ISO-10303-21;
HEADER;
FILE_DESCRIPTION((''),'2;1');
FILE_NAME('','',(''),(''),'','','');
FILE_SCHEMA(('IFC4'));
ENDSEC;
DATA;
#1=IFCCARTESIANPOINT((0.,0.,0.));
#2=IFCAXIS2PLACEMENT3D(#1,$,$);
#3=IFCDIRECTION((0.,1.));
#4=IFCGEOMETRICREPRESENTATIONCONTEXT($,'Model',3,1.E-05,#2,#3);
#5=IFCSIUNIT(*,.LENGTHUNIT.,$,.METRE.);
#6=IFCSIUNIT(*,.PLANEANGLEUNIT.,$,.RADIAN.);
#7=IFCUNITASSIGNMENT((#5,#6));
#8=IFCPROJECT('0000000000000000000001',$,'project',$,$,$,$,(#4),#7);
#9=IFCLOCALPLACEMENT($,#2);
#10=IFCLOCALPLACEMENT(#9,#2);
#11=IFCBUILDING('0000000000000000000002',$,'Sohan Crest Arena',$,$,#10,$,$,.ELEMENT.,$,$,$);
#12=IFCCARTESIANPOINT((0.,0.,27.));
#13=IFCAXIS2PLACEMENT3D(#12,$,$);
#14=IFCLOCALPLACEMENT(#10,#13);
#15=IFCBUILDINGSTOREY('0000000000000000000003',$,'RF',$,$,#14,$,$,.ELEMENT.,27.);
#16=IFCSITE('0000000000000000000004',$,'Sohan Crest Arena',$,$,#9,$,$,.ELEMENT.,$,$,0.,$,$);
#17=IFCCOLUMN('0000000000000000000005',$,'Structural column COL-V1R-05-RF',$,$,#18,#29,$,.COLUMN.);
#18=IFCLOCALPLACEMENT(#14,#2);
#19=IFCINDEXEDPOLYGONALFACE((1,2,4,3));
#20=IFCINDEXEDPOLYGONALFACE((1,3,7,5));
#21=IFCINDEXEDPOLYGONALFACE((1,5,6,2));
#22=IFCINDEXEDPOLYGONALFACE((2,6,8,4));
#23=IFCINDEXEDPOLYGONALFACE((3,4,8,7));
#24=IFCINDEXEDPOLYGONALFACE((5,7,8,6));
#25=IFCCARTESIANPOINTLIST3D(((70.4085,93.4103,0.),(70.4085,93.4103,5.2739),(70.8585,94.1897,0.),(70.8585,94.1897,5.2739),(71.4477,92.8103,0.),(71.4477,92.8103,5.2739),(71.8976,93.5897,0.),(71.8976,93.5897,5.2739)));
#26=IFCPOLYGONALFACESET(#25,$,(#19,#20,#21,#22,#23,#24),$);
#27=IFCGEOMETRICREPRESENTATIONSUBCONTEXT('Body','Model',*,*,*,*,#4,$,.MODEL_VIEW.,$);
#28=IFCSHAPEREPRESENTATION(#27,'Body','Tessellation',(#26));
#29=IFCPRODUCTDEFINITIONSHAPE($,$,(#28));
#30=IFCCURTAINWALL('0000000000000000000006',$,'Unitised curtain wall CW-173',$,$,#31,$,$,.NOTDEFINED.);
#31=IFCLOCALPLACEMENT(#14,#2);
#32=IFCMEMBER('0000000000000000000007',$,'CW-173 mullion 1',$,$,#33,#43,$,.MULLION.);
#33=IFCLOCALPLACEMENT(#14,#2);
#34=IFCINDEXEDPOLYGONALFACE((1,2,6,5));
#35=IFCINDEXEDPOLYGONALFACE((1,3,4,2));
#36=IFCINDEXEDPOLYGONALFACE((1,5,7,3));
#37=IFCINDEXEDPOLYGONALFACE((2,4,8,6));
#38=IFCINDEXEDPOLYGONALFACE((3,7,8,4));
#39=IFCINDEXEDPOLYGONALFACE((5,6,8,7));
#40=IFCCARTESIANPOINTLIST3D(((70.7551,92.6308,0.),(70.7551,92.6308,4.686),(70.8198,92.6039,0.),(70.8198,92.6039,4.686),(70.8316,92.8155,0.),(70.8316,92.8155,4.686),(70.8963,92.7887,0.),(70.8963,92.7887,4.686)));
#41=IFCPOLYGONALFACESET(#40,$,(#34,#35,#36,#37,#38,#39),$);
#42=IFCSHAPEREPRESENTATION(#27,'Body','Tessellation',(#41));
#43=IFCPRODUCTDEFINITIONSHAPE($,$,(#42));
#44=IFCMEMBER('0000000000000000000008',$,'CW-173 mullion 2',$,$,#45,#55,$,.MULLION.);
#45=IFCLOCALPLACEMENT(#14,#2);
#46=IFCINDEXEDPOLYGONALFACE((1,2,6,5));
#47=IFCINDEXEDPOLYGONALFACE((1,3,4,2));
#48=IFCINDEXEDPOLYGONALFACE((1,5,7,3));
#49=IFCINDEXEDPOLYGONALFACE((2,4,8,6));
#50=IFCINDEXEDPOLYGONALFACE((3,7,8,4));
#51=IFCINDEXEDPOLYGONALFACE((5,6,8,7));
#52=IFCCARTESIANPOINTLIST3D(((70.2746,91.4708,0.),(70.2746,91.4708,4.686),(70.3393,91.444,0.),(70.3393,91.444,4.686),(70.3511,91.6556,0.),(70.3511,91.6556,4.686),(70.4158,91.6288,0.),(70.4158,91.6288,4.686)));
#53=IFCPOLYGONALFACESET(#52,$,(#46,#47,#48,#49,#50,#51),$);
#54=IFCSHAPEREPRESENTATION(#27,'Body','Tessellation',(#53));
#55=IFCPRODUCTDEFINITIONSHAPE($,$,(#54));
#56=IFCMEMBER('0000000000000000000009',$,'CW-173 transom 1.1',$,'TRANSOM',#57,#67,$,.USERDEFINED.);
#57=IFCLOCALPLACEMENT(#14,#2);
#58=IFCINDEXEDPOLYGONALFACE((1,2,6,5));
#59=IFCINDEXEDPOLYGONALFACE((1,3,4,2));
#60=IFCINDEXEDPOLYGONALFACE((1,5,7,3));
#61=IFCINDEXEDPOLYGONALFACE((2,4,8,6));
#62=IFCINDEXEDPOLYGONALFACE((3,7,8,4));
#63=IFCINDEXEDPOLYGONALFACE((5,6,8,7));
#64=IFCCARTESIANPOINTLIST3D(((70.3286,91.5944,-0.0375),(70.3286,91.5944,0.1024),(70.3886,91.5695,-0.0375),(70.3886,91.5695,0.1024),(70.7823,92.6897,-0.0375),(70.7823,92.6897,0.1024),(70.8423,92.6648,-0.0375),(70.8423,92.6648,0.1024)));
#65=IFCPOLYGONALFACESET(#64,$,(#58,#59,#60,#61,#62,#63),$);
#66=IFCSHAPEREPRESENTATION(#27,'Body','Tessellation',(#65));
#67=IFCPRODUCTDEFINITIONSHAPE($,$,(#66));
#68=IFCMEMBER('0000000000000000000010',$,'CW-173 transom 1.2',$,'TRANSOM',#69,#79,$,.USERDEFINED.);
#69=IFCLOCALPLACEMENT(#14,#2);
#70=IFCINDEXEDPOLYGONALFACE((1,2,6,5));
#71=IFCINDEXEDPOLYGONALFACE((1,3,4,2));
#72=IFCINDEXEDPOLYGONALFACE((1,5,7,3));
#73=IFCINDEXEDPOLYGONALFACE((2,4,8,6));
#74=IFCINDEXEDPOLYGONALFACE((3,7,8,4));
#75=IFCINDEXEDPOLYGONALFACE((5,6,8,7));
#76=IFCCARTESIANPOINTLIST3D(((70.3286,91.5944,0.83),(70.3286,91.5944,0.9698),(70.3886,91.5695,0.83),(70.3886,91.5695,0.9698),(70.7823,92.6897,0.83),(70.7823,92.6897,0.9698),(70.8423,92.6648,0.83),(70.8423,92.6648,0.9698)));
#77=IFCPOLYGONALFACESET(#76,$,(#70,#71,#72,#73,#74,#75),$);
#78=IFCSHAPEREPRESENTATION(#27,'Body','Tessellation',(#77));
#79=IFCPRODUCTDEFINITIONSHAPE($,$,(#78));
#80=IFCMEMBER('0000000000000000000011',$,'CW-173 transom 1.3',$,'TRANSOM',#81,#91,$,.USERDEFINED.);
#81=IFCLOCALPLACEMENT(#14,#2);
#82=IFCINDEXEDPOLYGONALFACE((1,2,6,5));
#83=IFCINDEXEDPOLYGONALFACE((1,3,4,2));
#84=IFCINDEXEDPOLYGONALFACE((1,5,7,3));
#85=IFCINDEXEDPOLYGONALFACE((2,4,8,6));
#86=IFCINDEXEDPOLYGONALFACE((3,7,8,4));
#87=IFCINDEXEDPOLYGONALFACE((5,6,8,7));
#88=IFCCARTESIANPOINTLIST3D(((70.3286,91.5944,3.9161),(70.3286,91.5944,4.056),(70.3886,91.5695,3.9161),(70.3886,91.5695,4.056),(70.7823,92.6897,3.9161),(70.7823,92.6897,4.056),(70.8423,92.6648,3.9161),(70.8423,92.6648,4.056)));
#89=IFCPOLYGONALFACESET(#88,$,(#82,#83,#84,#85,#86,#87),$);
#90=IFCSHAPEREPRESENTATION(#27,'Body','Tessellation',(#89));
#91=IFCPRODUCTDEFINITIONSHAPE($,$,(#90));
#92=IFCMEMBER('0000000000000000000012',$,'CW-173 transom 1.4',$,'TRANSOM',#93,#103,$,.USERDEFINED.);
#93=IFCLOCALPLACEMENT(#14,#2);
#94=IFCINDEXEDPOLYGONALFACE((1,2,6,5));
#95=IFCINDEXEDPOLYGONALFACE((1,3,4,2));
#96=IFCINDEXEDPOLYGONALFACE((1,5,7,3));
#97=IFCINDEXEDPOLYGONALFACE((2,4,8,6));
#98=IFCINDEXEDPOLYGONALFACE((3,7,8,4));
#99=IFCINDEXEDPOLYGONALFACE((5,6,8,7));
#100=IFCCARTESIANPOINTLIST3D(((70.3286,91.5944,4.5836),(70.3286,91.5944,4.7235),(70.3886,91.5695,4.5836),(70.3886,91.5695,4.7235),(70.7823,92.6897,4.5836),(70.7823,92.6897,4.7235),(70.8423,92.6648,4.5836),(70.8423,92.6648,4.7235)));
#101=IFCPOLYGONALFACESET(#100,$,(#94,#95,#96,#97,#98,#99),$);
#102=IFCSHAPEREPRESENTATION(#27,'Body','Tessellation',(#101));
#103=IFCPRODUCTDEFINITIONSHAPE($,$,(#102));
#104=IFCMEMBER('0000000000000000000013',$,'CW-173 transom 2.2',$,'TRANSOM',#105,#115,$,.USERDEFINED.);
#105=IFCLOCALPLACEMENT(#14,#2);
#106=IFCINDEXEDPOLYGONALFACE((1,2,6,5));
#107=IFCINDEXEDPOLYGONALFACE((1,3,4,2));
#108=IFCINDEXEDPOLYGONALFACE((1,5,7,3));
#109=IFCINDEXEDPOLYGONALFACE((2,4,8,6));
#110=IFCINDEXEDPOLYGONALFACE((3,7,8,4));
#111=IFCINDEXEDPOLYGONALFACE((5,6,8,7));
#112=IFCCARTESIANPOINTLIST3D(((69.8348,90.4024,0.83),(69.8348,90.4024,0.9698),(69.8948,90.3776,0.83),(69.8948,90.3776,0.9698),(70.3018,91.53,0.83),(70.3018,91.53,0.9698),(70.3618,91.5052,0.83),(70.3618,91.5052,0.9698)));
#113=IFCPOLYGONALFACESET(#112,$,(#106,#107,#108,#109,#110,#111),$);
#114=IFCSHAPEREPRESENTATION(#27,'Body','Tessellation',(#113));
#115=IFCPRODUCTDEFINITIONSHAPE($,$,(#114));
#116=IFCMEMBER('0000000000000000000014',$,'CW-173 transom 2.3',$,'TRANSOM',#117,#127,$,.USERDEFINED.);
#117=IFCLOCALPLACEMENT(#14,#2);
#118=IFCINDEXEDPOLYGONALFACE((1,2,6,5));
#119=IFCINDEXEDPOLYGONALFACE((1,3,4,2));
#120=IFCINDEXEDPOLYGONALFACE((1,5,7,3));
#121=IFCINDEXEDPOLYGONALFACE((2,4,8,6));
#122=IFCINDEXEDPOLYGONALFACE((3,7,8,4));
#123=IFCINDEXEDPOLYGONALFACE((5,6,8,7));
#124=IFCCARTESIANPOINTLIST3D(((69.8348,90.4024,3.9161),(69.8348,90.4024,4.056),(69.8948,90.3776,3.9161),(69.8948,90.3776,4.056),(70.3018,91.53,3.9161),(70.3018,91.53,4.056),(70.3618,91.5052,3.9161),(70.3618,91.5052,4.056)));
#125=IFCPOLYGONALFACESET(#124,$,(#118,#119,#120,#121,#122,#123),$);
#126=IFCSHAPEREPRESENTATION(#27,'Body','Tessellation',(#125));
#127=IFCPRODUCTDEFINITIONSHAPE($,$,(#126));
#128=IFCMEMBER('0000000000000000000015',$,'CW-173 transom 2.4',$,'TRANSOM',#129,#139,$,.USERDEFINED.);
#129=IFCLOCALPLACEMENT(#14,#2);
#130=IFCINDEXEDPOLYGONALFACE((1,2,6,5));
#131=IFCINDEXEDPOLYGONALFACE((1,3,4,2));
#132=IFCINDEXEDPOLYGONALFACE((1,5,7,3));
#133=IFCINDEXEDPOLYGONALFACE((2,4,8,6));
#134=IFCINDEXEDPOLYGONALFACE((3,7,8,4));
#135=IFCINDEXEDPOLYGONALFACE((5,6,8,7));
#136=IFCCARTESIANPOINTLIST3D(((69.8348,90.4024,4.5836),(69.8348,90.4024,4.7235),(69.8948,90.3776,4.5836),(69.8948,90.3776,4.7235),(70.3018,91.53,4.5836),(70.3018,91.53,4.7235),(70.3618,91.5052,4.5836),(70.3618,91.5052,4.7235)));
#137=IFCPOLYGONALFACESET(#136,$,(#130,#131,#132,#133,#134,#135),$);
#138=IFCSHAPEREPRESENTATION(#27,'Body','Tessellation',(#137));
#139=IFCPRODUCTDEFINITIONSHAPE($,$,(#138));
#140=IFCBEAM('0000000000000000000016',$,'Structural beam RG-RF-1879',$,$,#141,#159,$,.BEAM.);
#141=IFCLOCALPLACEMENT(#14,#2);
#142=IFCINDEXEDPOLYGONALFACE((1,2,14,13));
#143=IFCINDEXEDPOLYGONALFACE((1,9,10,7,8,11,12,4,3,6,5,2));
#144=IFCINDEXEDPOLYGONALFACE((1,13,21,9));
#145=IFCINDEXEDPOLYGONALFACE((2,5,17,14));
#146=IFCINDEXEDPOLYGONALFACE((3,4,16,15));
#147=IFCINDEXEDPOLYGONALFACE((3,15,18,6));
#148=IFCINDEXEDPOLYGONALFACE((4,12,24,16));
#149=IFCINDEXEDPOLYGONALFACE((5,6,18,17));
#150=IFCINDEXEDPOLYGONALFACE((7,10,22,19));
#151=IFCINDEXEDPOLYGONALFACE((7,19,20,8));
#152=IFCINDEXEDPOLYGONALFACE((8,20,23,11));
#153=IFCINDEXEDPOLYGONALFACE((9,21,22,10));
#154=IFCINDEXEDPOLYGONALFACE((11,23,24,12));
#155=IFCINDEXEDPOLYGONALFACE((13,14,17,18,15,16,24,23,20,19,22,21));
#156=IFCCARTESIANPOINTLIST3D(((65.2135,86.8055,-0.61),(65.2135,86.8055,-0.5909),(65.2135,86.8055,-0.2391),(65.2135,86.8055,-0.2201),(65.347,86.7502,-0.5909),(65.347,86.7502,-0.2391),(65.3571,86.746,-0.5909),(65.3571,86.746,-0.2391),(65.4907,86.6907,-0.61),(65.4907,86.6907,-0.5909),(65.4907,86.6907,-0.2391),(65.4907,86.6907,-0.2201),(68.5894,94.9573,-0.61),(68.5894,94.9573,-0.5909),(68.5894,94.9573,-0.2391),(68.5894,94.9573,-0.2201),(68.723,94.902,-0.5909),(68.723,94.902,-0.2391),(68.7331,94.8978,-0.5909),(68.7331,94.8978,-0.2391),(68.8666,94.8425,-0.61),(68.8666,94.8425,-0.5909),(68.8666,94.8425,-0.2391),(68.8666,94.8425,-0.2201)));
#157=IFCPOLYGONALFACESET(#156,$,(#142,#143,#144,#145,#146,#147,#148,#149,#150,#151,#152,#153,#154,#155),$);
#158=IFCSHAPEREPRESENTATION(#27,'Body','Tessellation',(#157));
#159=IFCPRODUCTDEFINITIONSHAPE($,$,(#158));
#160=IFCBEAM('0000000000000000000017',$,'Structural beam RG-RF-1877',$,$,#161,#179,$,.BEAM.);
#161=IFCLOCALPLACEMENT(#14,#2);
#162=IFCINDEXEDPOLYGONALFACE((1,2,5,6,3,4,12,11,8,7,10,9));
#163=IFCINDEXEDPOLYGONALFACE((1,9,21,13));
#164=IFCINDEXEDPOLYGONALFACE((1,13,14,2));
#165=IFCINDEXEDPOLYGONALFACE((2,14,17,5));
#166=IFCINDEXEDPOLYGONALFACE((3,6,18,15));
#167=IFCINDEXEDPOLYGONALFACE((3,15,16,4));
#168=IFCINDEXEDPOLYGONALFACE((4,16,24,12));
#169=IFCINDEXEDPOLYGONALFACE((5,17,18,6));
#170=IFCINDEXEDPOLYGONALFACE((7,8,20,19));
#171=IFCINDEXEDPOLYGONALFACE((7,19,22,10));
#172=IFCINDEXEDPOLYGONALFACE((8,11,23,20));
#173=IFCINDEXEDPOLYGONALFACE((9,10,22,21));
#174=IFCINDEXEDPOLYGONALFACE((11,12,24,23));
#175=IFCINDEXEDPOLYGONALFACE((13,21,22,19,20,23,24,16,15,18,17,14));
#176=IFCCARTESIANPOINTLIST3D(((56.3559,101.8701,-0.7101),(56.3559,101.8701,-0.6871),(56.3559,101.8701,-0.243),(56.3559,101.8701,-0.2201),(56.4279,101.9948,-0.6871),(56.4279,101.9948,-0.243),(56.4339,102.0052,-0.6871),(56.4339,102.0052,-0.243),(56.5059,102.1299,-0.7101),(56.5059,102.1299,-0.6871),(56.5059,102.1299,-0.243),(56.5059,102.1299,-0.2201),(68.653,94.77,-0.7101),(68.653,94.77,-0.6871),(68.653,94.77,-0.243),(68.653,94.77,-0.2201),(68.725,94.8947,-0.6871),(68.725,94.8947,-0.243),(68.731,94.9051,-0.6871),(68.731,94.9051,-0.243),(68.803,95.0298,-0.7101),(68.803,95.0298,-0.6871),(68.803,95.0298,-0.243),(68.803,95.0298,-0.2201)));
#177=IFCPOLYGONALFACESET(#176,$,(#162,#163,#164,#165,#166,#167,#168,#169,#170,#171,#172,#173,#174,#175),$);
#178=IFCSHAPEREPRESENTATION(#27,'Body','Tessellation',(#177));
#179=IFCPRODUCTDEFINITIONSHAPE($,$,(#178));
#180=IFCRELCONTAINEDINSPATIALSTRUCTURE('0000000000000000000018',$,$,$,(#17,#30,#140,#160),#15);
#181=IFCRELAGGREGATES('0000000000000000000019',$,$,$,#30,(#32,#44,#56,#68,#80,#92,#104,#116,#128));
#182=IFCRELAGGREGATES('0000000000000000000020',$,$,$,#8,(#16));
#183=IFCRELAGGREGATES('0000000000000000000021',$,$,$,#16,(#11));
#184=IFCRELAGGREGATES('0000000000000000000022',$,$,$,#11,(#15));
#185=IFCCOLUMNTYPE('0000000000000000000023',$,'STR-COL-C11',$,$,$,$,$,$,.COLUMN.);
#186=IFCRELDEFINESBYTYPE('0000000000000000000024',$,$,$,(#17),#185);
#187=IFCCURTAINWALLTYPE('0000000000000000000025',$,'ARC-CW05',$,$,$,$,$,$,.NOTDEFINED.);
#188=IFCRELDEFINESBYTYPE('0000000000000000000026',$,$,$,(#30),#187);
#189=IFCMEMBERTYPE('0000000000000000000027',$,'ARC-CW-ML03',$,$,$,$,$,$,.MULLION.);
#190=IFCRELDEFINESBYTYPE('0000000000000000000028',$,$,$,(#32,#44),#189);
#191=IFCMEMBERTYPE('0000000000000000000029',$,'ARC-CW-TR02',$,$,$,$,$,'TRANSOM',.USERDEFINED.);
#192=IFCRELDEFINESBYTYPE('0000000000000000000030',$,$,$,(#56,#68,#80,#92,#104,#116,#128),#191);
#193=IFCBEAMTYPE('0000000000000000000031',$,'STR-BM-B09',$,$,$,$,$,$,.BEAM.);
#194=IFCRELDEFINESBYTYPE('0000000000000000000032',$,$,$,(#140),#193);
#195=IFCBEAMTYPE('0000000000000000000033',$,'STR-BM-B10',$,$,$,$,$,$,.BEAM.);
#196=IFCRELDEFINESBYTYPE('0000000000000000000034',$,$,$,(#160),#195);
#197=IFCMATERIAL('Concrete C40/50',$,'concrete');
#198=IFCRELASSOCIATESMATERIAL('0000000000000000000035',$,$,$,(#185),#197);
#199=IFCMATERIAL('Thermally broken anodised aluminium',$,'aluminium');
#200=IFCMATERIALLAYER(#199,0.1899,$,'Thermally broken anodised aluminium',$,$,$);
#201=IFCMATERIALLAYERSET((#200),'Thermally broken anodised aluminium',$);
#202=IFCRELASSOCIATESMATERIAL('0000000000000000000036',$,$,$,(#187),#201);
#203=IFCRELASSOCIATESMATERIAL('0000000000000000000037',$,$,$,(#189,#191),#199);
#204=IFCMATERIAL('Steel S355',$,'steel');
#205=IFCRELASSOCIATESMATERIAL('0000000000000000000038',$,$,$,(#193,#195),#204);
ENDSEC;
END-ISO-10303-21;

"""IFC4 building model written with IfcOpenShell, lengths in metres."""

from ifc_helpers import new_model, si_unit, direction, frame, origin, origin_2d, place, context, subcontext, project, spatial, rectangle, i_section, extrude, material, layer, layer_set, material_profile, profile_set, type_object, element, aggregate, save


model = new_model("IFC4")

# Units and contexts
model_context = context("Model", 3, precision=1e-05, world=origin(), true_north=direction((0.0, 1.0)))
body_context = subcontext(model_context, "Body", "Model", "MODEL_VIEW")
ifc_project = project(units=[si_unit("LENGTHUNIT", "METRE"), si_unit("PLANEANGLEUNIT", "RADIAN")], contexts=[model_context])

# Site, building, storey
site_placement = place(None, origin())
site = spatial("IfcSite", under=ifc_project, at=site_placement, Name="Sohan Crest Arena", CompositionType="ELEMENT", RefElevation=0.0)
building_placement = place(site_placement, origin())
building = spatial("IfcBuilding", under=site, at=building_placement, Name="Sohan Crest Arena", CompositionType="ELEMENT")
storey_placement = place(building_placement, frame((0.0, 0.0, 27.0)))
storey = spatial("IfcBuildingStorey", under=building, at=storey_placement, Name="RF", CompositionType="ELEMENT", Elevation=27.0)

# Column
ifc_material_1 = material(Name="Concrete C40/50", Category="concrete")
ifc_material_profile_1 = material_profile(ifc_material_1, rectangle(XDim=1.2, YDim=0.8999, at=origin_2d()), Name="RC 1200x900")
ifc_profile_set_1 = profile_set([ifc_material_profile_1], Name="Concrete C40/50")
column_type = type_object("IfcColumnType", Name="STR-COL-C11", PredefinedType="COLUMN", material=ifc_profile_set_1)
column_placement = place(storey_placement, frame((71.1531, 93.5, 0.0), z_axis=(0.0, 0.0, 1.0), x_axis=(-0.866025, 0.5, 0.0)))
element("IfcColumn", 1, at=column_placement, inside=storey, type_object=column_type, Name="Structural column COL-V1R-05-RF", PredefinedType="COLUMN", context=body_context, shape_type="SweptSolid", body=[
    extrude(rectangle(XDim=1.2, YDim=0.8999, at=origin_2d()), origin(), (0.0, 0.0, 1.0), 5.2739),
])

# Curtain wall, members
ifc_material_2 = material(Name="Thermally broken anodised aluminium", Category="aluminium")
ifc_layer_1 = layer(ifc_material_2, 0.1899, Name="Thermally broken anodised aluminium")
ifc_layer_set_1 = layer_set([ifc_layer_1], Name="Thermally broken anodised aluminium")
curtain_wall_type = type_object("IfcCurtainWallType", Name="ARC-CW05", PredefinedType="NOTDEFINED", material=ifc_layer_set_1)
curtain_wall_placement = place(storey_placement, origin())
curtain_wall = element("IfcCurtainWall", 2, at=curtain_wall_placement, inside=storey, type_object=curtain_wall_type, Name="Unitised curtain wall CW-173", PredefinedType="NOTDEFINED")
ifc_material_profile_2 = material_profile(ifc_material_2, rectangle(XDim=0.0701, YDim=0.2, at=origin_2d()), Name="ALU-MULL 70x200")
ifc_profile_set_2 = profile_set([ifc_material_profile_2], Name="Thermally broken anodised aluminium")
member_type_1 = type_object("IfcMemberType", Name="ARC-CW-ML03", PredefinedType="MULLION", material=ifc_profile_set_2)
member_1_placement = place(storey_placement, frame((70.8257, 92.7097, 0.0), z_axis=(0.0, 0.0, 1.0), x_axis=(0.923886, -0.382667, 0.0)))
member_1 = element("IfcMember", 3, at=member_1_placement, type_object=member_type_1, Name="CW-173 mullion 1", PredefinedType="MULLION", context=body_context, shape_type="SweptSolid", body=[
    extrude(rectangle(XDim=0.0701, YDim=0.2, at=origin_2d()), origin(), (0.0, 0.0, 1.0), 4.686),
])
member_2_placement = place(storey_placement, frame((70.3452, 91.5498, 0.0), z_axis=(0.0, 0.0, 1.0), x_axis=(0.923886, -0.382667, 0.0)))
member_2 = element("IfcMember", 4, at=member_2_placement, type_object=member_type_1, Name="CW-173 mullion 2", PredefinedType="MULLION", context=body_context, shape_type="SweptSolid", body=[
    extrude(rectangle(XDim=0.0701, YDim=0.2, at=origin_2d()), origin(), (0.0, 0.0, 1.0), 4.686),
])
ifc_material_profile_3 = material_profile(ifc_material_2, rectangle(XDim=0.0649, YDim=0.1399, at=origin_2d()), Name="ALU-TRAN 65x140")
ifc_profile_set_3 = profile_set([ifc_material_profile_3], Name="Thermally broken anodised aluminium")
member_type_2 = type_object("IfcMemberType", Name="ARC-CW-TR02", ElementType="TRANSOM", PredefinedType="USERDEFINED", material=ifc_profile_set_3)
member_3_placement = place(storey_placement, frame((70.8123, 92.6772, 0.0325), z_axis=(-0.382655, -0.923891, 0.0), x_axis=(0.923891, -0.382655, 0.0)))
member_3 = element("IfcMember", 5, at=member_3_placement, type_object=member_type_2, Name="CW-173 transom 1.1", ObjectType="TRANSOM", PredefinedType="USERDEFINED", context=body_context, shape_type="SweptSolid", body=[
    extrude(rectangle(XDim=0.0649, YDim=0.1399, at=origin_2d()), origin(), (0.0, 0.0, 1.0), 1.1855),
])
member_4_placement = place(storey_placement, frame((70.8123, 92.6772, 0.8999), z_axis=(-0.382655, -0.923891, 0.0), x_axis=(0.923891, -0.382655, 0.0)))
member_4 = element("IfcMember", 6, at=member_4_placement, type_object=member_type_2, Name="CW-173 transom 1.2", ObjectType="TRANSOM", PredefinedType="USERDEFINED", context=body_context, shape_type="SweptSolid", body=[
    extrude(rectangle(XDim=0.0649, YDim=0.1399, at=origin_2d()), origin(), (0.0, 0.0, 1.0), 1.1855),
])
member_5_placement = place(storey_placement, frame((70.8123, 92.6772, 3.9861), z_axis=(-0.382655, -0.923891, 0.0), x_axis=(0.923891, -0.382655, 0.0)))
member_5 = element("IfcMember", 7, at=member_5_placement, type_object=member_type_2, Name="CW-173 transom 1.3", ObjectType="TRANSOM", PredefinedType="USERDEFINED", context=body_context, shape_type="SweptSolid", body=[
    extrude(rectangle(XDim=0.0649, YDim=0.1399, at=origin_2d()), origin(), (0.0, 0.0, 1.0), 1.1855),
])
member_6_placement = place(storey_placement, frame((70.8123, 92.6772, 4.6536), z_axis=(-0.382655, -0.923891, 0.0), x_axis=(0.923891, -0.382655, 0.0)))
member_6 = element("IfcMember", 8, at=member_6_placement, type_object=member_type_2, Name="CW-173 transom 1.4", ObjectType="TRANSOM", PredefinedType="USERDEFINED", context=body_context, shape_type="SweptSolid", body=[
    extrude(rectangle(XDim=0.0649, YDim=0.1399, at=origin_2d()), origin(), (0.0, 0.0, 1.0), 1.1855),
])
member_7_placement = place(storey_placement, frame((70.3318, 91.5176, 0.8999), z_axis=(-0.38264, -0.923897, 0.0), x_axis=(0.923897, -0.38264, 0.0)))
member_7 = element("IfcMember", 9, at=member_7_placement, type_object=member_type_2, Name="CW-173 transom 2.2", ObjectType="TRANSOM", PredefinedType="USERDEFINED", context=body_context, shape_type="SweptSolid", body=[
    extrude(rectangle(XDim=0.0649, YDim=0.1399, at=origin_2d()), origin(), (0.0, 0.0, 1.0), 1.2205),
])
member_8_placement = place(storey_placement, frame((70.3318, 91.5176, 3.9861), z_axis=(-0.38264, -0.923897, 0.0), x_axis=(0.923897, -0.38264, 0.0)))
member_8 = element("IfcMember", 10, at=member_8_placement, type_object=member_type_2, Name="CW-173 transom 2.3", ObjectType="TRANSOM", PredefinedType="USERDEFINED", context=body_context, shape_type="SweptSolid", body=[
    extrude(rectangle(XDim=0.0649, YDim=0.1399, at=origin_2d()), origin(), (0.0, 0.0, 1.0), 1.2205),
])
member_9_placement = place(storey_placement, frame((70.3318, 91.5176, 4.6536), z_axis=(-0.38264, -0.923897, 0.0), x_axis=(0.923897, -0.38264, 0.0)))
member_9 = element("IfcMember", 11, at=member_9_placement, type_object=member_type_2, Name="CW-173 transom 2.4", ObjectType="TRANSOM", PredefinedType="USERDEFINED", context=body_context, shape_type="SweptSolid", body=[
    extrude(rectangle(XDim=0.0649, YDim=0.1399, at=origin_2d()), origin(), (0.0, 0.0, 1.0), 1.2205),
])

# Beams
ifc_material_3 = material(Name="Steel S355", Category="steel")
ifc_material_profile_4 = material_profile(ifc_material_3, i_section(OverallWidth=0.3, OverallDepth=0.3899, WebThickness=0.011, FlangeThickness=0.019, at=origin_2d()), Name="HEA 400")
ifc_profile_set_4 = profile_set([ifc_material_profile_4], Name="Steel S355")
beam_type_1 = type_object("IfcBeamType", Name="STR-BM-B09", PredefinedType="BEAM", material=ifc_profile_set_4)
beam_1_placement = place(storey_placement, frame((68.728, 94.8999, -0.415), z_axis=(-0.382622, -0.923905, 0.0), x_axis=(0.923905, -0.382622, 0.0)))
element("IfcBeam", 12, at=beam_1_placement, inside=storey, type_object=beam_type_1, Name="Structural beam RG-RF-1879", PredefinedType="BEAM", context=body_context, shape_type="SweptSolid", body=[
    extrude(i_section(OverallWidth=0.3, OverallDepth=0.3899, WebThickness=0.011, FlangeThickness=0.019, at=origin_2d()), origin(), (0.0, 0.0, 1.0), 8.8232),
])
ifc_material_profile_5 = material_profile(ifc_material_3, i_section(OverallWidth=0.3, OverallDepth=0.49, WebThickness=0.012, FlangeThickness=0.0229, at=origin_2d()), Name="HEA 500")
ifc_profile_set_5 = profile_set([ifc_material_profile_5], Name="Steel S355")
beam_type_2 = type_object("IfcBeamType", Name="STR-BM-B10", PredefinedType="BEAM", material=ifc_profile_set_5)
beam_2_placement = place(storey_placement, frame((68.728, 94.8999, -0.4651), z_axis=(-0.866015, 0.500019, 0.0), x_axis=(-0.500019, -0.866015, 0.0)))
element("IfcBeam", 13, at=beam_2_placement, inside=storey, type_object=beam_type_2, Name="Structural beam RG-RF-1877", PredefinedType="BEAM", context=body_context, shape_type="SweptSolid", body=[
    extrude(i_section(OverallWidth=0.3, OverallDepth=0.49, WebThickness=0.012, FlangeThickness=0.0229, at=origin_2d()), origin(), (0.0, 0.0, 1.0), 14.1997),
])

aggregate(curtain_wall, [member_1, member_2, member_3, member_4, member_5, member_6, member_7, member_8, member_9])

save(model, "model.ifc")
